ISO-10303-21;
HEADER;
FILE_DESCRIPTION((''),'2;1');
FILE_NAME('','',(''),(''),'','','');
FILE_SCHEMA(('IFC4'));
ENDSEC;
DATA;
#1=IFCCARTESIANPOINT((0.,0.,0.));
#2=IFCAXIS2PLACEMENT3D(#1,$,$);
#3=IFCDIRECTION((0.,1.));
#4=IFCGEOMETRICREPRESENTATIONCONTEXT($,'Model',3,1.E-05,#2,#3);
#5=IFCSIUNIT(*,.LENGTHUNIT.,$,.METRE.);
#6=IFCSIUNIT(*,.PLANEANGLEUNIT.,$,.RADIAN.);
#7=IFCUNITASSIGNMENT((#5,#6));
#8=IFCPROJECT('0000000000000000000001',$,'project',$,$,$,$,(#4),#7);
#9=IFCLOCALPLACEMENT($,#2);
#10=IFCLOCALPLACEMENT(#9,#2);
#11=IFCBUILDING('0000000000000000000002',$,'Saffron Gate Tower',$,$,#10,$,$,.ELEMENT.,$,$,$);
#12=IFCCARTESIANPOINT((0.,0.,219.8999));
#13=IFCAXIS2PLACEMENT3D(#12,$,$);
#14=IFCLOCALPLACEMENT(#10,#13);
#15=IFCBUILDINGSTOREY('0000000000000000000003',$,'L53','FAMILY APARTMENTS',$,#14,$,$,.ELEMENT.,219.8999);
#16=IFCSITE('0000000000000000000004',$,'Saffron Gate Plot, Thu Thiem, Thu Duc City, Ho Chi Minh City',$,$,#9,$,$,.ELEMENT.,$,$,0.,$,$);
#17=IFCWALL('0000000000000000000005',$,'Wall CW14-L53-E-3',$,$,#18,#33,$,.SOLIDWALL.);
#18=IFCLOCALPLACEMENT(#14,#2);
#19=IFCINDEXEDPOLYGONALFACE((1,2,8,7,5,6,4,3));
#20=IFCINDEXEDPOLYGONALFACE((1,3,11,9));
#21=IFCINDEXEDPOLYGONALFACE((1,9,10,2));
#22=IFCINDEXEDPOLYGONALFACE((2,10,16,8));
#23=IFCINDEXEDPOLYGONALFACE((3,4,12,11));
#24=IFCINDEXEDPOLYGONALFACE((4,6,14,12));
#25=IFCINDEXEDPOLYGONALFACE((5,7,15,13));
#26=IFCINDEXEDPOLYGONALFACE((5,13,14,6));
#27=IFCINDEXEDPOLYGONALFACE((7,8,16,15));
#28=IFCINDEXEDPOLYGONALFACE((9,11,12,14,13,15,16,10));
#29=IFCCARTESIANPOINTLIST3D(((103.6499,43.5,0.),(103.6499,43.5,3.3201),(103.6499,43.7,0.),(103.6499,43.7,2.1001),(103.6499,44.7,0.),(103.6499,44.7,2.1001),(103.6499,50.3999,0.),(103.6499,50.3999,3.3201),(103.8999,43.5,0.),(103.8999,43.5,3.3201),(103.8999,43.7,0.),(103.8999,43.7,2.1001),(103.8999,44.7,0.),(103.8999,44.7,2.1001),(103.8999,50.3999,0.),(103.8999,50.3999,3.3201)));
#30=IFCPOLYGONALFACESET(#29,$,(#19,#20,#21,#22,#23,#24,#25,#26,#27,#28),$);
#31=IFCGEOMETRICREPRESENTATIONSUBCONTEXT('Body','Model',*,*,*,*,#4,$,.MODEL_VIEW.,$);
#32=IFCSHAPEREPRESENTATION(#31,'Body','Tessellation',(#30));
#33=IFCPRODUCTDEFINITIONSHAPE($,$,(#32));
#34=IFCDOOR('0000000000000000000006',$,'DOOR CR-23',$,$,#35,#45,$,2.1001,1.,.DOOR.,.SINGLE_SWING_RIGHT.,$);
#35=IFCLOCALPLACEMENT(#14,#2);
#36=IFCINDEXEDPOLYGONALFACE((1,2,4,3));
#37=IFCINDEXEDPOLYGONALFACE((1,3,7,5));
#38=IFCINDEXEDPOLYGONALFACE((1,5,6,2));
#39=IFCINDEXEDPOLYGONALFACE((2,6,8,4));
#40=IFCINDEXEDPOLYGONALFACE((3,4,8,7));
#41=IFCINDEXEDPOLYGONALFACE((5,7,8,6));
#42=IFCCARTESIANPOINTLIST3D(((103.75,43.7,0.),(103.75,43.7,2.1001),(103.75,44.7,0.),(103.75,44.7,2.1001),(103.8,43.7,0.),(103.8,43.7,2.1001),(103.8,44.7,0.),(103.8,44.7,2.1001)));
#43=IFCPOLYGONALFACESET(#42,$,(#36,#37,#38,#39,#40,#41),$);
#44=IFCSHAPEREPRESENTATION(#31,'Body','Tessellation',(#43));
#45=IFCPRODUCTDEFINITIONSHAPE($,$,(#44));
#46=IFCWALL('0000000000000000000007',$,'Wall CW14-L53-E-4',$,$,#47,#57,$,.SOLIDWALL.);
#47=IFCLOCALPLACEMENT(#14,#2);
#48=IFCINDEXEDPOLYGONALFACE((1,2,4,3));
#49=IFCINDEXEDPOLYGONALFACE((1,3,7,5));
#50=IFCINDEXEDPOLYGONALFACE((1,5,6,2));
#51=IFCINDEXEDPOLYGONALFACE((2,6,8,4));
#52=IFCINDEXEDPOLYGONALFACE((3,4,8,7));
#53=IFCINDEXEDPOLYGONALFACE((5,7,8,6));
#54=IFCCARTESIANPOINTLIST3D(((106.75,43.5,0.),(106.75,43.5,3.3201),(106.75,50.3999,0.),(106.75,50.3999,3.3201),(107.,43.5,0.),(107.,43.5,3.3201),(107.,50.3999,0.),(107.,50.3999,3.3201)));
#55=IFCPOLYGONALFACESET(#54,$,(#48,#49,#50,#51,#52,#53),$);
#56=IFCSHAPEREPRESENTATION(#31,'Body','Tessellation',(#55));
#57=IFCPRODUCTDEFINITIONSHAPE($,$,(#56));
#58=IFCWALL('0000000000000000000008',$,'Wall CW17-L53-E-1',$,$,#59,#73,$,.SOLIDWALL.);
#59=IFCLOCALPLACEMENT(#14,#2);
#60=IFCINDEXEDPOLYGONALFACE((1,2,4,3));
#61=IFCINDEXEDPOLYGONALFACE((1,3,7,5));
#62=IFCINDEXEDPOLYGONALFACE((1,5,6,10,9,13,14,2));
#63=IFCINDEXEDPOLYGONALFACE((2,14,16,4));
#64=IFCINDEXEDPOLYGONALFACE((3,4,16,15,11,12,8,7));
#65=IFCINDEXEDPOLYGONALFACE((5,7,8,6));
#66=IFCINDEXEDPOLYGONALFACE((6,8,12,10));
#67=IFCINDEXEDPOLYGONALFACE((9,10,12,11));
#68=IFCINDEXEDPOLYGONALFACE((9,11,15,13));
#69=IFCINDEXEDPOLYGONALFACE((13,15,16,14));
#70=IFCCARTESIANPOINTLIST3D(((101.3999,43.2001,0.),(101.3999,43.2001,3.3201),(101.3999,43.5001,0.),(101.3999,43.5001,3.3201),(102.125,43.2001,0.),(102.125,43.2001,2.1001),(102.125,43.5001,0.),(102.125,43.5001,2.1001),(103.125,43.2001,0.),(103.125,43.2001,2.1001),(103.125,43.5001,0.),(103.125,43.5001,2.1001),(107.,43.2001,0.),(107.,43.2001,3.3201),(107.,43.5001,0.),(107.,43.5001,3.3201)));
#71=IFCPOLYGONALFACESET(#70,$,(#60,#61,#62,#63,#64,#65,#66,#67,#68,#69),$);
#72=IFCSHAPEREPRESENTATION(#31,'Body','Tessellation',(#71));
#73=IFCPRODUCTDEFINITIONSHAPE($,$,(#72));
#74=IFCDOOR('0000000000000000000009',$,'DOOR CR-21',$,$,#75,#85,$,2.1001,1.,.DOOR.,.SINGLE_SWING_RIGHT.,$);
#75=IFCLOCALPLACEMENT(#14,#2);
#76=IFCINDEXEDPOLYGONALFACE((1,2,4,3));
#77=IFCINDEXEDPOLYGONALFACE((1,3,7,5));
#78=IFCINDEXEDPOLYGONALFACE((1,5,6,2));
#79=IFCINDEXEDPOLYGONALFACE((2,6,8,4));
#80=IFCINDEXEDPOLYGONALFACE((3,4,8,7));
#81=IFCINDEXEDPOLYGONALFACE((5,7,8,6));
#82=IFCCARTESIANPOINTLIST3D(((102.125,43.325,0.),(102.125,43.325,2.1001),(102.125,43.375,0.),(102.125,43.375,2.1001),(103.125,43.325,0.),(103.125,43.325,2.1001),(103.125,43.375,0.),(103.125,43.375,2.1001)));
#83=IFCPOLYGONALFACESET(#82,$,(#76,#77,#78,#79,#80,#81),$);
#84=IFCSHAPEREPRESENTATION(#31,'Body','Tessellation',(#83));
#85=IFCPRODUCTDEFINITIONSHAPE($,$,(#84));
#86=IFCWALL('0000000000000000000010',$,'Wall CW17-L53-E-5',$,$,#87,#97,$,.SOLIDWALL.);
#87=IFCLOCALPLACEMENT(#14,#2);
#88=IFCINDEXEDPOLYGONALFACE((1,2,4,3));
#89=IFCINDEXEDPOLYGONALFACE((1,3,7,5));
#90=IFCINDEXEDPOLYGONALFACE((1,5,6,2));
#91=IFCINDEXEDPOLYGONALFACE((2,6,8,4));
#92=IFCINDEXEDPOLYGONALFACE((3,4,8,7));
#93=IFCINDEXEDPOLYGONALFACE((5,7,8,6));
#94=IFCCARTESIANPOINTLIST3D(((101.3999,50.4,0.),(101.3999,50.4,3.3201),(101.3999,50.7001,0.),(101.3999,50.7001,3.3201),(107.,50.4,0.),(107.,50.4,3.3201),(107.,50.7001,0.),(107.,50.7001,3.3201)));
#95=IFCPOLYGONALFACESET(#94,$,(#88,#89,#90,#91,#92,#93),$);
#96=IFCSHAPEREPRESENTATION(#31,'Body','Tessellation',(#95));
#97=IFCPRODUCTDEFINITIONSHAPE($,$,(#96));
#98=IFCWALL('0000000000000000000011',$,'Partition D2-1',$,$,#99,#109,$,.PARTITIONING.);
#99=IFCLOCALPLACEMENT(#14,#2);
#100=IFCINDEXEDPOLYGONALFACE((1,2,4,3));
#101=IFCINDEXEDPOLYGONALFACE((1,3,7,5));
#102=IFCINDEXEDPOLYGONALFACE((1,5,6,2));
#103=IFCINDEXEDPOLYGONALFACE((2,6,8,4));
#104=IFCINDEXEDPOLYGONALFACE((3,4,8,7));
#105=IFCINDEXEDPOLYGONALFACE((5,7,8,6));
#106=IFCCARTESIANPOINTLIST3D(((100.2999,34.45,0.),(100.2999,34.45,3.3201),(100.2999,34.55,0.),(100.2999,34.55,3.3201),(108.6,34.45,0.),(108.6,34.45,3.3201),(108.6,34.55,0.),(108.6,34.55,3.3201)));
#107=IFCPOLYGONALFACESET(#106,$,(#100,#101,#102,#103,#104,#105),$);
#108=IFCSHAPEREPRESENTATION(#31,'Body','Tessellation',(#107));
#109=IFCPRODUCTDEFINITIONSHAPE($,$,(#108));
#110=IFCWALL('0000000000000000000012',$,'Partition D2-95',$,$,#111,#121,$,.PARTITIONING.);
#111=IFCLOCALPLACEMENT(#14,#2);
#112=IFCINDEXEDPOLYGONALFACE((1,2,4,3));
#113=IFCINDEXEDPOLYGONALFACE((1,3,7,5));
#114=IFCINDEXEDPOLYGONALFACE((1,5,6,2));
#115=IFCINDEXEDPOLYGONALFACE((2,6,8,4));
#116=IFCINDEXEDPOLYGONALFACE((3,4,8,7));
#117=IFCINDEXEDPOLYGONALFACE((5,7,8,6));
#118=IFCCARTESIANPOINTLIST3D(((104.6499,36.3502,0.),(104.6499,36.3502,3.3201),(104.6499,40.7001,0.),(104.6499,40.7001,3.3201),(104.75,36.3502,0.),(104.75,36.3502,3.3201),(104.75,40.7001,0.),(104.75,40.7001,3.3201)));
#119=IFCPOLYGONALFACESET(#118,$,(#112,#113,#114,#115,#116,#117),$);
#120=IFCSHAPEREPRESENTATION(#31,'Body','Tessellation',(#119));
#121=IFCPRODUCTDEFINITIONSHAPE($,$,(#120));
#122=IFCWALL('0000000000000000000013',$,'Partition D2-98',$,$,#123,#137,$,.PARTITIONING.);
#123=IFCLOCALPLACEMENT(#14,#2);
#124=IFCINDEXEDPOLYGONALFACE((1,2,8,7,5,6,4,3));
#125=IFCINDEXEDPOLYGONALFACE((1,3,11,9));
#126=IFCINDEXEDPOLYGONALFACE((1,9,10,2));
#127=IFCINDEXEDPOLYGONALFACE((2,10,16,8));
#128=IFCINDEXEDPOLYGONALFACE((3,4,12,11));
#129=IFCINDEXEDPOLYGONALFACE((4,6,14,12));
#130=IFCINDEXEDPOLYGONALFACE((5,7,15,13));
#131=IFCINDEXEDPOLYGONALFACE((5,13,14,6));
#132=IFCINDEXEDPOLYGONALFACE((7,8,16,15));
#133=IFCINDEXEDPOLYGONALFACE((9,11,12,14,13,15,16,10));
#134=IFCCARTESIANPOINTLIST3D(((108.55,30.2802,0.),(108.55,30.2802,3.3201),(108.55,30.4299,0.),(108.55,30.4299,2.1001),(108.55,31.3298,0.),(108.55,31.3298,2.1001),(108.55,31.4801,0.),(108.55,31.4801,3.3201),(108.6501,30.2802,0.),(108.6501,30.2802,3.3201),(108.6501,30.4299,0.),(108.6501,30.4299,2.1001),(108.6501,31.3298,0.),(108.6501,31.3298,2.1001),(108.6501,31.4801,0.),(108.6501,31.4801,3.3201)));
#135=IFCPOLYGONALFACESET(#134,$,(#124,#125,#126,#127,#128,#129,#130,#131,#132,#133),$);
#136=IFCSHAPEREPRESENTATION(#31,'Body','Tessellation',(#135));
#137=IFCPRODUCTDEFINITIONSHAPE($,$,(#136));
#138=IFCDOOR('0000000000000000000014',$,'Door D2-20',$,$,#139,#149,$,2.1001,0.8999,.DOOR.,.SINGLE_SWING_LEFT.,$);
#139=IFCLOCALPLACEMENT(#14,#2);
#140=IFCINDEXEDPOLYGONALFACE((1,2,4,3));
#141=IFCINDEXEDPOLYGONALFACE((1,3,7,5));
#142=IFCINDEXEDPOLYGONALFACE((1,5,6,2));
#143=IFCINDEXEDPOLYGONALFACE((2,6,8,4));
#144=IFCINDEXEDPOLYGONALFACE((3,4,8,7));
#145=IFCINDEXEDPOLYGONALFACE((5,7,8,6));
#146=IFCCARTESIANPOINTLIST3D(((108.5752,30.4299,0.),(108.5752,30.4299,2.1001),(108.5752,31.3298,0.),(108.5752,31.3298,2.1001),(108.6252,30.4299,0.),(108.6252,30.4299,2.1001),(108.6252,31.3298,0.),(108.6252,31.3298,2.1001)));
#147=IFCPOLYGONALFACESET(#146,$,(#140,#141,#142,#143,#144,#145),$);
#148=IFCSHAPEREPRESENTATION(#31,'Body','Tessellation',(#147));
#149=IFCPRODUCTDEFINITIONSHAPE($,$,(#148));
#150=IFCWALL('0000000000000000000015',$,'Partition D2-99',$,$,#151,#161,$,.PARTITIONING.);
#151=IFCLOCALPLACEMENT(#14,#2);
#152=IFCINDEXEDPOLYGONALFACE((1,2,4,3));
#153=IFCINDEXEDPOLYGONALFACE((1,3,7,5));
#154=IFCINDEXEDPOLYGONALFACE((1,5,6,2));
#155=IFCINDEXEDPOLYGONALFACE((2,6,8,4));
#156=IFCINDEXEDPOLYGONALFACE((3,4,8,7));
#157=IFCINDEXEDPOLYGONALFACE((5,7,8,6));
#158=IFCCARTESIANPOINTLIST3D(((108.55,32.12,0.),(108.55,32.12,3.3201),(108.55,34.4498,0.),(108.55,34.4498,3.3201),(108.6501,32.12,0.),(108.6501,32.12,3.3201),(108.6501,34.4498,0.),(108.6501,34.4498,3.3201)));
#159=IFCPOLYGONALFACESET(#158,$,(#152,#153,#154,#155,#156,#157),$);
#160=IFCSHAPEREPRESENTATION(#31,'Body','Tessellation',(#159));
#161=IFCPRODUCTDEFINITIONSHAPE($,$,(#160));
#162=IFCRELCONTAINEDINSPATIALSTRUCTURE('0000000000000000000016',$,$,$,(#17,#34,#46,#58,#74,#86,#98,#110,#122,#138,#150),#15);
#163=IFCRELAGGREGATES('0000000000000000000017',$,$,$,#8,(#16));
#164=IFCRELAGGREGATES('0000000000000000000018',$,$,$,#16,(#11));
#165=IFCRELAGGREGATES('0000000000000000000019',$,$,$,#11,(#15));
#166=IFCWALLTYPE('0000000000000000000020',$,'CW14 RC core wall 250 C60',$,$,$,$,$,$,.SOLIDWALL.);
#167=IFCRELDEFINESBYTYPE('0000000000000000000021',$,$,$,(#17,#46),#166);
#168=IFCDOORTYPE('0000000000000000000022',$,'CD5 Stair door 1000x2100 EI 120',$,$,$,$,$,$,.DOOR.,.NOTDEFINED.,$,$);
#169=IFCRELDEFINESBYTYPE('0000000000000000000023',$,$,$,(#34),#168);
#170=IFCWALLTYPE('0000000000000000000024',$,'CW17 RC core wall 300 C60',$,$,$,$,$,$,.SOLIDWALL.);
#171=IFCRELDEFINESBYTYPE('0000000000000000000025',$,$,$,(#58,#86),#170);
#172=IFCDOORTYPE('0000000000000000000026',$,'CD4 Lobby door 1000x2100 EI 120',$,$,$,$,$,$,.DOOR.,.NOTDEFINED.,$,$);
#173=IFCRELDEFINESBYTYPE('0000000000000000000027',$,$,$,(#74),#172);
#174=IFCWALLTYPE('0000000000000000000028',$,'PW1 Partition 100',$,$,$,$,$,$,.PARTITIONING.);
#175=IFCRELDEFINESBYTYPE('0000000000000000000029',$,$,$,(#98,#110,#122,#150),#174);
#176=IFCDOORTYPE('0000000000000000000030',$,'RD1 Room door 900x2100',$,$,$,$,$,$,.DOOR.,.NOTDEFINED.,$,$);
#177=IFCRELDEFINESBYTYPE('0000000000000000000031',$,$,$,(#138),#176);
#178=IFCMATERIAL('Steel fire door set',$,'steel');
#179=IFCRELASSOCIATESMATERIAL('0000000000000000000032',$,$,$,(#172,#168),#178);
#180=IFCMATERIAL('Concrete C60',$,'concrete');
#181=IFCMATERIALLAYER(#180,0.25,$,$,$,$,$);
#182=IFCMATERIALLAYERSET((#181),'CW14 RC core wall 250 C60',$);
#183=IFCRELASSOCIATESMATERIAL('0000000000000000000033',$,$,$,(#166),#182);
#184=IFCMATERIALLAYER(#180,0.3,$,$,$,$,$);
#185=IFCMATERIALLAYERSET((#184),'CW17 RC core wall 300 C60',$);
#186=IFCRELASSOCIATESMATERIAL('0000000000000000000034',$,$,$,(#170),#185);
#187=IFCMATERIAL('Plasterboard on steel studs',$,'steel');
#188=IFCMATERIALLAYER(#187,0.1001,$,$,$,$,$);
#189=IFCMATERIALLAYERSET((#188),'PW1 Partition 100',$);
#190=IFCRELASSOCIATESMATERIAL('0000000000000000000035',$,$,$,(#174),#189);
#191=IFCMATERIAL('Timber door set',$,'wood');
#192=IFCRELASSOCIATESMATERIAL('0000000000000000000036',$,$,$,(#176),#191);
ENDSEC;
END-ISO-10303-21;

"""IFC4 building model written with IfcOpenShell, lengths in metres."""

from ifc_helpers import new_model, si_unit, direction, frame, frame_2d, origin, place, context, subcontext, project, spatial, rectangle, extrude, material, layer, layer_set, type_object, element, fill, save


model = new_model("IFC4")

# Units and contexts
model_context = context("Model", 3, precision=1e-05, world=origin(), true_north=direction((0.0, 1.0)))
body_context = subcontext(model_context, "Body", "Model", "MODEL_VIEW")
ifc_project = project(units=[si_unit("LENGTHUNIT", "METRE"), si_unit("PLANEANGLEUNIT", "RADIAN")], contexts=[model_context])

# Site, building, storey
site_placement = place(None, origin())
site = spatial("IfcSite", under=ifc_project, at=site_placement, Name="Saffron Gate Plot, Thu Thiem, Thu Duc City, Ho Chi Minh City", CompositionType="ELEMENT", RefElevation=0.0)
building_placement = place(site_placement, origin())
building = spatial("IfcBuilding", under=site, at=building_placement, Name="Saffron Gate Tower", CompositionType="ELEMENT")
storey_placement = place(building_placement, frame((0.0, 0.0, 219.8999)))
storey = spatial("IfcBuildingStorey", under=building, at=storey_placement, Name="L53", Description="FAMILY APARTMENTS", CompositionType="ELEMENT", Elevation=219.8999)

# Wall, opening, door
ifc_material_1 = material(Name="Steel fire door set", Category="steel")
door_type_1 = type_object("IfcDoorType", Name="CD4 Lobby door 1000x2100 EI 120", OperationType="NOTDEFINED", PredefinedType="DOOR", material=ifc_material_1)
ifc_material_2 = material(Name="Concrete C60", Category="concrete")
ifc_layer_1 = layer(ifc_material_2, 0.25)
ifc_layer_set_1 = layer_set([ifc_layer_1], Name="CW14 RC core wall 250 C60")
wall_type_1 = type_object("IfcWallType", Name="CW14 RC core wall 250 C60", PredefinedType="SOLIDWALL", material=ifc_layer_set_1)
wall_1_placement = place(storey_placement, frame((103.7749, 43.5, 0.0), z_axis=(0.0, 0.0, 1.0), x_axis=(0.0, 1.0, 0.0)))
wall_1 = element("IfcWall", 1, at=wall_1_placement, inside=storey, type_object=wall_type_1, Name="Wall CW14-L53-E-3", PredefinedType="SOLIDWALL", context=body_context, shape_type="SweptSolid", body=[
    extrude(rectangle(XDim=6.8999, YDim=0.25, at=frame_2d((3.45, 0.0))), origin(), (0.0, 0.0, 1.0), 3.3201),
])
opening_1_placement = place(wall_1_placement, frame((0.2, 0.0, 0.0)))
opening_1 = element("IfcOpeningElement", 2, at=opening_1_placement, cuts=wall_1, PredefinedType="OPENING", context=body_context, shape_type="SweptSolid", body=[
    extrude(rectangle(XDim=1.0, YDim=2.1001, at=frame_2d((0.5, 1.05))), frame((0.0, 0.135, 0.0), z_axis=(0.0, -1.0, 0.0), x_axis=(1.0, 0.0, 0.0)), (0.0, 0.0, 1.0), 0.27),
])
door_type_2 = type_object("IfcDoorType", Name="CD5 Stair door 1000x2100 EI 120", OperationType="NOTDEFINED", PredefinedType="DOOR", material=ifc_material_1)
door_1_placement = place(opening_1_placement, origin())
door_1 = element("IfcDoor", 3, at=door_1_placement, inside=storey, type_object=door_type_2, Name="DOOR CR-23", OperationType="SINGLE_SWING_RIGHT", OverallHeight=2.1001, OverallWidth=1.0, PredefinedType="DOOR", context=body_context, shape_type="SweptSolid", body=[
    extrude(rectangle(XDim=1.0, YDim=2.1001, at=frame_2d((0.5, 1.05))), frame((0.0, 0.0249, 0.0), z_axis=(0.0, -1.0, 0.0), x_axis=(1.0, 0.0, 0.0)), (0.0, 0.0, 1.0), 0.05),
])
fill(opening_1, door_1)

# Wall
wall_2_placement = place(storey_placement, frame((106.875, 43.5, 0.0), z_axis=(0.0, 0.0, 1.0), x_axis=(0.0, 1.0, 0.0)))
element("IfcWall", 4, at=wall_2_placement, inside=storey, type_object=wall_type_1, Name="Wall CW14-L53-E-4", PredefinedType="SOLIDWALL", context=body_context, shape_type="SweptSolid", body=[
    extrude(rectangle(XDim=6.8999, YDim=0.25, at=frame_2d((3.45, 0.0))), origin(), (0.0, 0.0, 1.0), 3.3201),
])

# Wall, opening, door
ifc_layer_2 = layer(ifc_material_2, 0.3)
ifc_layer_set_2 = layer_set([ifc_layer_2], Name="CW17 RC core wall 300 C60")
wall_type_2 = type_object("IfcWallType", Name="CW17 RC core wall 300 C60", PredefinedType="SOLIDWALL", material=ifc_layer_set_2)
wall_3_placement = place(storey_placement, frame((101.3999, 43.3501, 0.0), z_axis=(0.0, 0.0, 1.0), x_axis=(1.0, 0.0, 0.0)))
wall_3 = element("IfcWall", 5, at=wall_3_placement, inside=storey, type_object=wall_type_2, Name="Wall CW17-L53-E-1", PredefinedType="SOLIDWALL", context=body_context, shape_type="SweptSolid", body=[
    extrude(rectangle(XDim=5.6001, YDim=0.3, at=frame_2d((2.8, 0.0))), origin(), (0.0, 0.0, 1.0), 3.3201),
])
opening_2_placement = place(wall_3_placement, frame((0.7251, 0.0, 0.0)))
opening_2 = element("IfcOpeningElement", 6, at=opening_2_placement, cuts=wall_3, PredefinedType="OPENING", context=body_context, shape_type="SweptSolid", body=[
    extrude(rectangle(XDim=1.0, YDim=2.1001, at=frame_2d((0.5, 1.05))), frame((0.0, 0.1602, 0.0), z_axis=(0.0, -1.0, 0.0), x_axis=(1.0, 0.0, 0.0)), (0.0, 0.0, 1.0), 0.3201),
])
door_2_placement = place(opening_2_placement, origin())
door_2 = element("IfcDoor", 7, at=door_2_placement, inside=storey, type_object=door_type_1, Name="DOOR CR-21", OperationType="SINGLE_SWING_RIGHT", OverallHeight=2.1001, OverallWidth=1.0, PredefinedType="DOOR", context=body_context, shape_type="SweptSolid", body=[
    extrude(rectangle(XDim=1.0, YDim=2.1001, at=frame_2d((0.5, 1.05))), frame((0.0, 0.0249, 0.0), z_axis=(0.0, -1.0, 0.0), x_axis=(1.0, 0.0, 0.0)), (0.0, 0.0, 1.0), 0.05),
])
fill(opening_2, door_2)

# Walls
wall_4_placement = place(storey_placement, frame((101.3999, 50.55, 0.0), z_axis=(0.0, 0.0, 1.0), x_axis=(1.0, 0.0, 0.0)))
element("IfcWall", 8, at=wall_4_placement, inside=storey, type_object=wall_type_2, Name="Wall CW17-L53-E-5", PredefinedType="SOLIDWALL", context=body_context, shape_type="SweptSolid", body=[
    extrude(rectangle(XDim=5.6001, YDim=0.3, at=frame_2d((2.8, 0.0))), origin(), (0.0, 0.0, 1.0), 3.3201),
])
ifc_material_3 = material(Name="Plasterboard on steel studs", Category="steel")
ifc_layer_3 = layer(ifc_material_3, 0.1001)
ifc_layer_set_3 = layer_set([ifc_layer_3], Name="PW1 Partition 100")
wall_type_3 = type_object("IfcWallType", Name="PW1 Partition 100", PredefinedType="PARTITIONING", material=ifc_layer_set_3)
wall_5_placement = place(storey_placement, frame((100.3, 34.5, 0.0), z_axis=(0.0, 0.0, 1.0), x_axis=(1.0, 0.0, 0.0)))
element("IfcWall", 9, at=wall_5_placement, inside=storey, type_object=wall_type_3, Name="Partition D2-1", PredefinedType="PARTITIONING", context=body_context, shape_type="SweptSolid", body=[
    extrude(rectangle(XDim=8.3, YDim=0.1001, at=frame_2d((4.1499, 0.0))), origin(), (0.0, 0.0, 1.0), 3.3201),
])
wall_6_placement = place(storey_placement, frame((104.7, 40.7, 0.0), z_axis=(0.0, 0.0, 1.0), x_axis=(0.0, -1.0, 0.0)))
element("IfcWall", 10, at=wall_6_placement, inside=storey, type_object=wall_type_3, Name="Partition D2-95", PredefinedType="PARTITIONING", context=body_context, shape_type="SweptSolid", body=[
    extrude(rectangle(XDim=4.3499, YDim=0.1001, at=frame_2d((2.1748, 0.0))), origin(), (0.0, 0.0, 1.0), 3.3201),
])

# Wall, opening, door
wall_7_placement = place(storey_placement, frame((108.6001, 30.28, 0.0), z_axis=(0.0, 0.0, 1.0), x_axis=(0.0, 1.0, 0.0)))
wall_7 = element("IfcWall", 11, at=wall_7_placement, inside=storey, type_object=wall_type_3, Name="Partition D2-98", PredefinedType="PARTITIONING", context=body_context, shape_type="SweptSolid", body=[
    extrude(rectangle(XDim=1.2, YDim=0.1001, at=frame_2d((0.6001, 0.0))), origin(), (0.0, 0.0, 1.0), 3.3201),
])
opening_3_placement = place(wall_7_placement, frame((0.1499, 0.0, 0.0)))
opening_3 = element("IfcOpeningElement", 12, at=opening_3_placement, cuts=wall_7, PredefinedType="OPENING", context=body_context, shape_type="SweptSolid", body=[
    extrude(rectangle(XDim=0.8999, YDim=2.1001, at=frame_2d((0.45, 1.05))), frame((0.0, 0.0601, 0.0), z_axis=(0.0, -1.0, 0.0), x_axis=(1.0, 0.0, 0.0)), (0.0, 0.0, 1.0), 0.1201),
])
ifc_material_4 = material(Name="Timber door set", Category="wood")
door_type_3 = type_object("IfcDoorType", Name="RD1 Room door 900x2100", OperationType="NOTDEFINED", PredefinedType="DOOR", material=ifc_material_4)
door_3_placement = place(opening_3_placement, origin())
door_3 = element("IfcDoor", 13, at=door_3_placement, inside=storey, type_object=door_type_3, Name="Door D2-20", OperationType="SINGLE_SWING_LEFT", OverallHeight=2.1001, OverallWidth=0.8999, PredefinedType="DOOR", context=body_context, shape_type="SweptSolid", body=[
    extrude(rectangle(XDim=0.8999, YDim=2.1001, at=frame_2d((0.45, 1.05))), frame((0.0, 0.0249, 0.0), z_axis=(0.0, -1.0, 0.0), x_axis=(1.0, 0.0, 0.0)), (0.0, 0.0, 1.0), 0.05),
])
fill(opening_3, door_3)

# Wall
wall_8_placement = place(storey_placement, frame((108.6001, 34.45, 0.0), z_axis=(0.0, 0.0, 1.0), x_axis=(0.0, -1.0, 0.0)))
element("IfcWall", 14, at=wall_8_placement, inside=storey, type_object=wall_type_3, Name="Partition D2-99", PredefinedType="PARTITIONING", context=body_context, shape_type="SweptSolid", body=[
    extrude(rectangle(XDim=2.3298, YDim=0.1001, at=frame_2d((1.165, 0.0))), origin(), (0.0, 0.0, 1.0), 3.3201),
])

save(model, "model.ifc")
